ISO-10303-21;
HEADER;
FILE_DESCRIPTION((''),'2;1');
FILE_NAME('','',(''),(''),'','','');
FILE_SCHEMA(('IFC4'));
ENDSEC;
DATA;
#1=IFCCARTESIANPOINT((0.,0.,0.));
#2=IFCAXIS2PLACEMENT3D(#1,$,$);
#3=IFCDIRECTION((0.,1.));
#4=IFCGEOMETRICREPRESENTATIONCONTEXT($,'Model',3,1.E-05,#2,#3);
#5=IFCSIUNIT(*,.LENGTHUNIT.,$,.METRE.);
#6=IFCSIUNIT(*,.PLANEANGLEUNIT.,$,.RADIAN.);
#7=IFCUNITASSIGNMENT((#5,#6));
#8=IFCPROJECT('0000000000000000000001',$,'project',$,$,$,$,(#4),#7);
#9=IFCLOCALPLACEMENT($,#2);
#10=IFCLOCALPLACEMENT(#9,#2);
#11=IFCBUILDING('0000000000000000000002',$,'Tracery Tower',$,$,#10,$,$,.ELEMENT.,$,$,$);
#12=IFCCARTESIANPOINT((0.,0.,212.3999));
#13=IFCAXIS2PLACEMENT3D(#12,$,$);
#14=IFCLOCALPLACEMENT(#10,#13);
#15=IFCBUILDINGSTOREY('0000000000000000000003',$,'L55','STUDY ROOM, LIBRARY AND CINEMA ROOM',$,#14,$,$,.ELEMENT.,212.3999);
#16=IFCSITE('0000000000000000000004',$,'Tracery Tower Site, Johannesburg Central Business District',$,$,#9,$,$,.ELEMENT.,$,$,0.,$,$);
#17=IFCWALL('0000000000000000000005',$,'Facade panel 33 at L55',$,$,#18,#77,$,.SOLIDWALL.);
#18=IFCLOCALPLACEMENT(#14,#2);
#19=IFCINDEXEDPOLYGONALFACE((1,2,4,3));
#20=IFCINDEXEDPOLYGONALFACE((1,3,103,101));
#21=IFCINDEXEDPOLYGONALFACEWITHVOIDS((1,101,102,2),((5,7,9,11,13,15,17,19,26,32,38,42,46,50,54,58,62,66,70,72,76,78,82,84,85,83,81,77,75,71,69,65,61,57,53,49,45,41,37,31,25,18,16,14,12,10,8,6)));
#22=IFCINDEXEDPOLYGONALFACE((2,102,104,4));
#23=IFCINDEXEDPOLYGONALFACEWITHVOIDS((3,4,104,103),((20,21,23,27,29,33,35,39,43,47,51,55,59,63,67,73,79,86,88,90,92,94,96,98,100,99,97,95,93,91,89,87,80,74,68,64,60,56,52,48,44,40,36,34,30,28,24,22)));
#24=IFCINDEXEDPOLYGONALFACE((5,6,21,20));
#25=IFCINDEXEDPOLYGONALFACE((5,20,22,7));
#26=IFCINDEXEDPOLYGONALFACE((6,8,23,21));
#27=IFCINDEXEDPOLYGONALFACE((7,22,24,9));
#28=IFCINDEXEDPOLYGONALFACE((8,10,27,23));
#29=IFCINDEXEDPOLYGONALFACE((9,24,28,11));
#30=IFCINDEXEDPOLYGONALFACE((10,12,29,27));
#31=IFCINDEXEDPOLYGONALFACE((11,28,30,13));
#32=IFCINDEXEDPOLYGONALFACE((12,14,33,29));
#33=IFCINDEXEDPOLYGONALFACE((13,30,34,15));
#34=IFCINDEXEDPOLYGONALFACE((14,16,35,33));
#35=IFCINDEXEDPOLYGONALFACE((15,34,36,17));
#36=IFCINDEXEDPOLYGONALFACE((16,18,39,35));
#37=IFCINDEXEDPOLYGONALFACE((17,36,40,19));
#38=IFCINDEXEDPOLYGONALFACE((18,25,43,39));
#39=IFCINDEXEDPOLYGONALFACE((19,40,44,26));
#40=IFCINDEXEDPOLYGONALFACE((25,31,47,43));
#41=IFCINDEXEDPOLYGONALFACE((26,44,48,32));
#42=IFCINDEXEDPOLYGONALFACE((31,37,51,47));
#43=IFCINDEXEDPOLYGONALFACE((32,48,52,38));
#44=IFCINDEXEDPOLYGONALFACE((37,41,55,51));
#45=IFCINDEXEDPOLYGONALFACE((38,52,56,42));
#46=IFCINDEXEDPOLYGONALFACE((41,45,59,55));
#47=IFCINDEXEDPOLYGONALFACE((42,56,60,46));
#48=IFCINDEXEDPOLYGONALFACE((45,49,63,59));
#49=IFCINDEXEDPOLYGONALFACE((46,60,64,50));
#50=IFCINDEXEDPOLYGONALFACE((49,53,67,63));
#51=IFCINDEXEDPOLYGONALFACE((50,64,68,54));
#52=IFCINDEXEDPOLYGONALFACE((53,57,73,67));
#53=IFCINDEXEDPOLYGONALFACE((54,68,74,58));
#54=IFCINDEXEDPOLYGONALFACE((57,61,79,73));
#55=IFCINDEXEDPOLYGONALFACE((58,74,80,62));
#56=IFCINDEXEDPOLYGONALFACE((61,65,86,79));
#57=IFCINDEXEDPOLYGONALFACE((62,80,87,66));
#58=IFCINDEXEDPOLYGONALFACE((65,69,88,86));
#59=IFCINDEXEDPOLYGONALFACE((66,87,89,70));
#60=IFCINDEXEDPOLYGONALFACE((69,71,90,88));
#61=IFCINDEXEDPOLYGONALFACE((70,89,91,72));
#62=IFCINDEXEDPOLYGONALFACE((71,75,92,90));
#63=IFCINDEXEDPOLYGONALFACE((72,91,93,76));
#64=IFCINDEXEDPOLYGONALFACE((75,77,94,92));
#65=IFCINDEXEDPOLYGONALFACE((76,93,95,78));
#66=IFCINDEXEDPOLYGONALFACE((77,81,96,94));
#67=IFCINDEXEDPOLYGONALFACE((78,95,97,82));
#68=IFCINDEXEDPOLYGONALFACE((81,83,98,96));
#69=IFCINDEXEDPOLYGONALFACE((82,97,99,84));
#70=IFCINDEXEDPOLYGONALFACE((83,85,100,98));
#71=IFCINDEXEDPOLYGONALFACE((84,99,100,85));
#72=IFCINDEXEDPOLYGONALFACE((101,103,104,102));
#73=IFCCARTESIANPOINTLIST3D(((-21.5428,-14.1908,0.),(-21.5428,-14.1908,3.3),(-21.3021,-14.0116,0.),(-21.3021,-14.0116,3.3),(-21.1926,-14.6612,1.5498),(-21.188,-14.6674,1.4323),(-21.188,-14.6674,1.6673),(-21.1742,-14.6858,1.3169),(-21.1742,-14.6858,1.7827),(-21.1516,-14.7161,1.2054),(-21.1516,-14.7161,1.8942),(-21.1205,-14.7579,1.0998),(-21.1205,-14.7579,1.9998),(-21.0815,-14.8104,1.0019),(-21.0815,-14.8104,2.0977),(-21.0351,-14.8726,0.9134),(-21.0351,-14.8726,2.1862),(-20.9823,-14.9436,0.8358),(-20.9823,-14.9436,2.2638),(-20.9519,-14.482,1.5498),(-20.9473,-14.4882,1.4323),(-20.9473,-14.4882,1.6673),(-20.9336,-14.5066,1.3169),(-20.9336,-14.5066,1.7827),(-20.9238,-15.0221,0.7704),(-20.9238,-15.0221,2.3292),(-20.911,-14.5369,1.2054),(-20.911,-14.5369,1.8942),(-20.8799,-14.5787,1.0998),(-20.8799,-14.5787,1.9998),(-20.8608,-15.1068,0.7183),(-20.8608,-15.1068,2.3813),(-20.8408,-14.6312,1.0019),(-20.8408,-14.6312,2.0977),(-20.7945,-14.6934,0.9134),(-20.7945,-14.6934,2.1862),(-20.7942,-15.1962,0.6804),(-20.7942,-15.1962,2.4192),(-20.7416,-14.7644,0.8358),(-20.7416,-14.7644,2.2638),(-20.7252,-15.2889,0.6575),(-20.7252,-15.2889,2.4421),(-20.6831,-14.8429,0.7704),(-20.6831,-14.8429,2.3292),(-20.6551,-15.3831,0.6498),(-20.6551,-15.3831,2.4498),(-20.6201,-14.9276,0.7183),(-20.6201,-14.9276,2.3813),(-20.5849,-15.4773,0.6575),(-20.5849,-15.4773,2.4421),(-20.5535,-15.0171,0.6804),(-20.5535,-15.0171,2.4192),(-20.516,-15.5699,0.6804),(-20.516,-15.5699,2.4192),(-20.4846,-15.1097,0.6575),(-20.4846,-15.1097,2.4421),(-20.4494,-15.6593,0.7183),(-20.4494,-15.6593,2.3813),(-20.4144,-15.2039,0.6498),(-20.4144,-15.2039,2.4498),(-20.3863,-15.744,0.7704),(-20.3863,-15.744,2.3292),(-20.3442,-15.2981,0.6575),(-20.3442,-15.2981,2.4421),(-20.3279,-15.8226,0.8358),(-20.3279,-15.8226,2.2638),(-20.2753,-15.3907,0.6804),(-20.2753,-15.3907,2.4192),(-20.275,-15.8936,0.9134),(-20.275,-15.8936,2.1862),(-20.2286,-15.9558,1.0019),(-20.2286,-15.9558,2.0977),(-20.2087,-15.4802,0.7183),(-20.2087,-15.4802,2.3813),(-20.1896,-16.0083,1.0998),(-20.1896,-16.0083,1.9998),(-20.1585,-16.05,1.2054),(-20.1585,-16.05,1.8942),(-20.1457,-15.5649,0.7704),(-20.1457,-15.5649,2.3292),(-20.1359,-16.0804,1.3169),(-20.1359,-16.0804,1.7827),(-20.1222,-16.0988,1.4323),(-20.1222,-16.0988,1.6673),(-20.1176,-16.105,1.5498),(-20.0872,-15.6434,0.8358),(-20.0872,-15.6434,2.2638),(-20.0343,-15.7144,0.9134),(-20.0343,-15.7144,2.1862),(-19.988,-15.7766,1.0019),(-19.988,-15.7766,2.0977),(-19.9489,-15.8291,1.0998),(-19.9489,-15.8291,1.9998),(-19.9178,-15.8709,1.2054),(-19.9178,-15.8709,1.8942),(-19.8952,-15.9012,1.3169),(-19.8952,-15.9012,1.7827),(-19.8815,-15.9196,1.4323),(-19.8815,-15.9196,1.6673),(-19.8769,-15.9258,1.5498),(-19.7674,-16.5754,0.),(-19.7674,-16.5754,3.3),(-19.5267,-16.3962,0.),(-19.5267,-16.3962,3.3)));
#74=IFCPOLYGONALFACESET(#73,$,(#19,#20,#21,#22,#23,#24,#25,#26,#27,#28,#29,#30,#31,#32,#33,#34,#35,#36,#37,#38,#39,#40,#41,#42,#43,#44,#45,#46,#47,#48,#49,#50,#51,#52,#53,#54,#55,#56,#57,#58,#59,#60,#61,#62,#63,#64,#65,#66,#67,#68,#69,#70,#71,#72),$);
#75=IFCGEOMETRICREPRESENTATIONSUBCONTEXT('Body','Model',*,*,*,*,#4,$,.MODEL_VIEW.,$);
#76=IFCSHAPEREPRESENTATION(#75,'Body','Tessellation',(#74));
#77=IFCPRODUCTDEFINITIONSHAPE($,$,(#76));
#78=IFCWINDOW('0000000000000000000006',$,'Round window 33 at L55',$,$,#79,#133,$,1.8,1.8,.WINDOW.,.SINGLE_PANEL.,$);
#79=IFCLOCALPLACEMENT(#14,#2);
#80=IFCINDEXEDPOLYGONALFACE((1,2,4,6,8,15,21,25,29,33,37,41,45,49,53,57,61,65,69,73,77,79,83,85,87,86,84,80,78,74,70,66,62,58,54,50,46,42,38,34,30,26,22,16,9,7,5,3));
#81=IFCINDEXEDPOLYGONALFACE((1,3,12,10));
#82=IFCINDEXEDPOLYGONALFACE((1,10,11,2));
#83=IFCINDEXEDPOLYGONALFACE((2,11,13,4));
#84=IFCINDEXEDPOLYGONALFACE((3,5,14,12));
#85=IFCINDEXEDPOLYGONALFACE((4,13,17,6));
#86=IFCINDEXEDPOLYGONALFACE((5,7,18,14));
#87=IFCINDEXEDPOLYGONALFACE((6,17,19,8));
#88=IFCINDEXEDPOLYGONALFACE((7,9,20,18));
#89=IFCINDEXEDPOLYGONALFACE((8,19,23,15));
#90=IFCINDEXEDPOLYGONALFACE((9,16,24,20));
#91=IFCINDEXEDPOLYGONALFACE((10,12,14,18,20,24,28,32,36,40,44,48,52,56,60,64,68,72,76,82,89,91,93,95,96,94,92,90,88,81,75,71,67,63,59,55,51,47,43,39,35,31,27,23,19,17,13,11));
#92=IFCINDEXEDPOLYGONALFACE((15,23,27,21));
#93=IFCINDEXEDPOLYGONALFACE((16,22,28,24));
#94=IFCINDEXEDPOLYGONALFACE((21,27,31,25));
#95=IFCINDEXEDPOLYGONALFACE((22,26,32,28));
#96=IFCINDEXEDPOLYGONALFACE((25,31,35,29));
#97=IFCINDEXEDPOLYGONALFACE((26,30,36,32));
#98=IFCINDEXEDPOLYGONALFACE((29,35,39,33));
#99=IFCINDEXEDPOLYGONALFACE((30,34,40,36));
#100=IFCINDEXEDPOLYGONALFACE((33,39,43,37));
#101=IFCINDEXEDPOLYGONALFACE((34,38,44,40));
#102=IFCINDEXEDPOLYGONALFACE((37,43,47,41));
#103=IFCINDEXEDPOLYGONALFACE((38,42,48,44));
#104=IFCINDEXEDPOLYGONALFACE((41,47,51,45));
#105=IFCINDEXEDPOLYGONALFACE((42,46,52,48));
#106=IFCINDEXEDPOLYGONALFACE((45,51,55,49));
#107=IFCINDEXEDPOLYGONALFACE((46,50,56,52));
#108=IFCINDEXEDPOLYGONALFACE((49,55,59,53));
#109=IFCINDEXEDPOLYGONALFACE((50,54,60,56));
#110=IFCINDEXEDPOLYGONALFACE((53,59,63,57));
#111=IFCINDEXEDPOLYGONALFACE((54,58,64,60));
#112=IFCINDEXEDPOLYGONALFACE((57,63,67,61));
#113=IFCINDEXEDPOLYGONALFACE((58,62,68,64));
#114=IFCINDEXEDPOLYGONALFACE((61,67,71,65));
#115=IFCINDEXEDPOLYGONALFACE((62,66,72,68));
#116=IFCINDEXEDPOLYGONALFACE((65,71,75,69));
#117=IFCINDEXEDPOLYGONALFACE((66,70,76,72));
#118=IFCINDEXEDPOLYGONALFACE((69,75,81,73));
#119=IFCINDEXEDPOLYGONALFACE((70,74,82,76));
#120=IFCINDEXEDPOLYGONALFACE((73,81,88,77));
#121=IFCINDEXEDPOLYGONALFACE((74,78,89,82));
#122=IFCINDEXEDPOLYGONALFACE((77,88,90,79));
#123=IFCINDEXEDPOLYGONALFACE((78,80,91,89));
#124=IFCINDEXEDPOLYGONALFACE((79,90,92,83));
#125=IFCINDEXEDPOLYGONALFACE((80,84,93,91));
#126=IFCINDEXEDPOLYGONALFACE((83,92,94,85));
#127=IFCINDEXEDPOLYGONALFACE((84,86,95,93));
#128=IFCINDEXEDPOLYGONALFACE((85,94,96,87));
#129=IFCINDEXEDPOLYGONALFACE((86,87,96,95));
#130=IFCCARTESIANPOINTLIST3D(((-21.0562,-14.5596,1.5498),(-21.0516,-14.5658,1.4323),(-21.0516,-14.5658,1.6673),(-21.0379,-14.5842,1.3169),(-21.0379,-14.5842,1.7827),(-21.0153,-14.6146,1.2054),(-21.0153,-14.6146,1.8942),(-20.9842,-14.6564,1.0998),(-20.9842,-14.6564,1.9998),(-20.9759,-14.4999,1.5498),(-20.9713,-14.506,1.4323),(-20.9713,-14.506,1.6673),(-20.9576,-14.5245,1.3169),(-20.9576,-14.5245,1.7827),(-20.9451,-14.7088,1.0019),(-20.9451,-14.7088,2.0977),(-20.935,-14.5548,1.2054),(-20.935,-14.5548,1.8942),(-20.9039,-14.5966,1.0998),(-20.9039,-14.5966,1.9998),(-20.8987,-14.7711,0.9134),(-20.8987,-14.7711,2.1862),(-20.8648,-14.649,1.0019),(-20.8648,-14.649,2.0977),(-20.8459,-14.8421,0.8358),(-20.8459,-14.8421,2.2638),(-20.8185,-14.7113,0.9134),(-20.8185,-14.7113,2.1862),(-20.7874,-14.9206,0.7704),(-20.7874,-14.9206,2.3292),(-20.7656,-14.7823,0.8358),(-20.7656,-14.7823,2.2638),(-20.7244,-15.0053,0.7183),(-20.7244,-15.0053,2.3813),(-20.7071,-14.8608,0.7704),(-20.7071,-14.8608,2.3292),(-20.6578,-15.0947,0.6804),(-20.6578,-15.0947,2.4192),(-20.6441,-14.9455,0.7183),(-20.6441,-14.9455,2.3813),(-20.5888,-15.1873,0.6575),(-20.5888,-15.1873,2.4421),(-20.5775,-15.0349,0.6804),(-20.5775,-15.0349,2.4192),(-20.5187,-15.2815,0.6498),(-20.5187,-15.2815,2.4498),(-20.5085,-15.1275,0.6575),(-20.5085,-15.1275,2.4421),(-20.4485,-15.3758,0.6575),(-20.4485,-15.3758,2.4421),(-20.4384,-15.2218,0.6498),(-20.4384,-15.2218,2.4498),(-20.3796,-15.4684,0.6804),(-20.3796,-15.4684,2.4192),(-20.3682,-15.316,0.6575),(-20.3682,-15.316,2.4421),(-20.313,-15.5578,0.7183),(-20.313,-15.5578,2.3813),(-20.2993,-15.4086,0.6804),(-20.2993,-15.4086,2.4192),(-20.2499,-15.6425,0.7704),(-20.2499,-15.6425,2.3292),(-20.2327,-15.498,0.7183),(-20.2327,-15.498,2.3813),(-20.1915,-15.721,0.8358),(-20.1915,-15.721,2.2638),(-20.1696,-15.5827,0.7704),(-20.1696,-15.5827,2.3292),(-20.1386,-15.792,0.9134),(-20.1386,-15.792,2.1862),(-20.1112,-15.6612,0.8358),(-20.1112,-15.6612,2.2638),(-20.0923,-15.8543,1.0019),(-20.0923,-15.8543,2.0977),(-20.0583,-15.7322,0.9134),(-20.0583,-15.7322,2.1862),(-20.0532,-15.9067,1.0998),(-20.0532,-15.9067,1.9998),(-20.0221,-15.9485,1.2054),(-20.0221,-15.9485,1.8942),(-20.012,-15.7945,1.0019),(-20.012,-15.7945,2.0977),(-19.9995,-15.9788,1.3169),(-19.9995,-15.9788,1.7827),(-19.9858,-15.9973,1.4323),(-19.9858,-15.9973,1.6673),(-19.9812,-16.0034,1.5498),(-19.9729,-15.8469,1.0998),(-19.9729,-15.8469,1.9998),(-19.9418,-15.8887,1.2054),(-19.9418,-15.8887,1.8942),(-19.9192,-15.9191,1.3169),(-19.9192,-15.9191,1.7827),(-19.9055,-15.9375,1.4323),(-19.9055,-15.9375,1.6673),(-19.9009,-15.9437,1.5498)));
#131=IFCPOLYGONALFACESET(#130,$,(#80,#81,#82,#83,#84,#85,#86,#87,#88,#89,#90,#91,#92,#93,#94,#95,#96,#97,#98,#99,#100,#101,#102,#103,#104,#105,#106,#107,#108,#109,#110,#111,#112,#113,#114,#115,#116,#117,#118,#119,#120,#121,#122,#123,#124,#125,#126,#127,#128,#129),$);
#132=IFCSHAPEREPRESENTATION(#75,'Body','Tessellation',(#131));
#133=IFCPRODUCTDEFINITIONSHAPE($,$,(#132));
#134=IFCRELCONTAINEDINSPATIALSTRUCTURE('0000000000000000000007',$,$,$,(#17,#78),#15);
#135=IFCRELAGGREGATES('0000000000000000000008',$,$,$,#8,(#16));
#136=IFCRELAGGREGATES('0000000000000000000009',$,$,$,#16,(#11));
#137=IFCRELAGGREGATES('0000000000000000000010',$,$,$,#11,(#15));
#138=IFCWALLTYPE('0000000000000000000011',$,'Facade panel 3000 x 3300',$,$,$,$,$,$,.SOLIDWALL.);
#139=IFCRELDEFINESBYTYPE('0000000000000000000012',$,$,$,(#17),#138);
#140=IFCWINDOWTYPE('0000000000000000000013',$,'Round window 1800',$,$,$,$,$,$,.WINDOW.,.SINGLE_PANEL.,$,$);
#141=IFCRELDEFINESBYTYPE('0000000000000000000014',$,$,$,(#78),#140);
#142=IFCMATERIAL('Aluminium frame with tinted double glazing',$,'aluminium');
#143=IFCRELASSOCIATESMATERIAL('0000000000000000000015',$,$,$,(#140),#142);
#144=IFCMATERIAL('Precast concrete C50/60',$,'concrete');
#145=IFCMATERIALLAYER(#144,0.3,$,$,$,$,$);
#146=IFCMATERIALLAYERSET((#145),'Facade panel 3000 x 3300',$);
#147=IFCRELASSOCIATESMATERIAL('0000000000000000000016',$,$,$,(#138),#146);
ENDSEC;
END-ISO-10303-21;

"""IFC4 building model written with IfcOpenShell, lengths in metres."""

from ifc_helpers import new_model, si_unit, direction, frame, frame_2d, origin, origin_2d, place, context, subcontext, project, spatial, rectangle, circle, extrude, material, layer, layer_set, type_object, element, fill, save


model = new_model("IFC4")

# Units and contexts
model_context = context("Model", 3, precision=1e-05, world=origin(), true_north=direction((0.0, 1.0)))
body_context = subcontext(model_context, "Body", "Model", "MODEL_VIEW")
ifc_project = project(units=[si_unit("LENGTHUNIT", "METRE"), si_unit("PLANEANGLEUNIT", "RADIAN")], contexts=[model_context])

# Site, building, storey
site_placement = place(None, origin())
site = spatial("IfcSite", under=ifc_project, at=site_placement, Name="Tracery Tower Site, Johannesburg Central Business District", CompositionType="ELEMENT", RefElevation=0.0)
building_placement = place(site_placement, origin())
building = spatial("IfcBuilding", under=site, at=building_placement, Name="Tracery Tower", CompositionType="ELEMENT")
storey_placement = place(building_placement, frame((0.0, 0.0, 212.3999)))
storey = spatial("IfcBuildingStorey", under=building, at=storey_placement, Name="L55", Description="STUDY ROOM, LIBRARY AND CINEMA ROOM", CompositionType="ELEMENT", Elevation=212.3999)

# Wall, opening, window
ifc_material_1 = material(Name="Aluminium frame with tinted double glazing", Category="aluminium")
window_type = type_object("IfcWindowType", Name="Round window 1800", PartitioningType="SINGLE_PANEL", PredefinedType="WINDOW", material=ifc_material_1)
ifc_material_2 = material(Name="Precast concrete C50/60", Category="concrete")
ifc_layer_1 = layer(ifc_material_2, 0.3)
ifc_layer_set_1 = layer_set([ifc_layer_1], Name="Facade panel 3000 x 3300")
wall_type_1 = type_object("IfcWallType", Name="Facade panel 3000 x 3300", PredefinedType="SOLIDWALL", material=ifc_layer_set_1)
wall_1_placement = place(storey_placement, frame((-21.4224, -14.1013, 0.0), z_axis=(0.0, 0.0, 1.0), x_axis=(0.597198, -0.802094, 0.0)))
wall_1 = element("IfcWall", 1, at=wall_1_placement, inside=storey, type_object=wall_type_1, Name="Facade panel 33 at L55", PredefinedType="SOLIDWALL", context=body_context, shape_type="SweptSolid", body=[
    extrude(rectangle(XDim=2.9729, YDim=0.3, at=frame_2d((1.4863, 0.0))), origin(), (0.0, 0.0, 1.0), 3.3),
])
opening_1_placement = place(wall_1_placement, frame((1.4863, 0.0, 1.5498)))
opening_1 = element("IfcOpeningElement", 2, at=opening_1_placement, cuts=wall_1, PredefinedType="OPENING", context=body_context, shape_type="SweptSolid", body=[
    extrude(circle(Radius=0.9, at=origin_2d()), frame((0.0, 0.1599, 0.0), z_axis=(0.0, -1.0, 0.0), x_axis=(1.0, 0.0, 0.0)), (0.0, 0.0, 1.0), 0.3201),
])
window_1_placement = place(opening_1_placement, origin())
window_1 = element("IfcWindow", 3, at=window_1_placement, inside=storey, type_object=window_type, Name="Round window 33 at L55", OverallHeight=1.8, OverallWidth=1.8, PartitioningType="SINGLE_PANEL", PredefinedType="WINDOW", context=body_context, shape_type="SweptSolid", body=[
    extrude(circle(Radius=0.9, at=origin_2d()), frame((0.0, 0.1201, 0.0), z_axis=(0.0, -1.0, 0.0), x_axis=(1.0, 0.0, 0.0)), (0.0, 0.0, 1.0), 0.1001),
])
fill(opening_1, window_1)

save(model, "model.ifc")
